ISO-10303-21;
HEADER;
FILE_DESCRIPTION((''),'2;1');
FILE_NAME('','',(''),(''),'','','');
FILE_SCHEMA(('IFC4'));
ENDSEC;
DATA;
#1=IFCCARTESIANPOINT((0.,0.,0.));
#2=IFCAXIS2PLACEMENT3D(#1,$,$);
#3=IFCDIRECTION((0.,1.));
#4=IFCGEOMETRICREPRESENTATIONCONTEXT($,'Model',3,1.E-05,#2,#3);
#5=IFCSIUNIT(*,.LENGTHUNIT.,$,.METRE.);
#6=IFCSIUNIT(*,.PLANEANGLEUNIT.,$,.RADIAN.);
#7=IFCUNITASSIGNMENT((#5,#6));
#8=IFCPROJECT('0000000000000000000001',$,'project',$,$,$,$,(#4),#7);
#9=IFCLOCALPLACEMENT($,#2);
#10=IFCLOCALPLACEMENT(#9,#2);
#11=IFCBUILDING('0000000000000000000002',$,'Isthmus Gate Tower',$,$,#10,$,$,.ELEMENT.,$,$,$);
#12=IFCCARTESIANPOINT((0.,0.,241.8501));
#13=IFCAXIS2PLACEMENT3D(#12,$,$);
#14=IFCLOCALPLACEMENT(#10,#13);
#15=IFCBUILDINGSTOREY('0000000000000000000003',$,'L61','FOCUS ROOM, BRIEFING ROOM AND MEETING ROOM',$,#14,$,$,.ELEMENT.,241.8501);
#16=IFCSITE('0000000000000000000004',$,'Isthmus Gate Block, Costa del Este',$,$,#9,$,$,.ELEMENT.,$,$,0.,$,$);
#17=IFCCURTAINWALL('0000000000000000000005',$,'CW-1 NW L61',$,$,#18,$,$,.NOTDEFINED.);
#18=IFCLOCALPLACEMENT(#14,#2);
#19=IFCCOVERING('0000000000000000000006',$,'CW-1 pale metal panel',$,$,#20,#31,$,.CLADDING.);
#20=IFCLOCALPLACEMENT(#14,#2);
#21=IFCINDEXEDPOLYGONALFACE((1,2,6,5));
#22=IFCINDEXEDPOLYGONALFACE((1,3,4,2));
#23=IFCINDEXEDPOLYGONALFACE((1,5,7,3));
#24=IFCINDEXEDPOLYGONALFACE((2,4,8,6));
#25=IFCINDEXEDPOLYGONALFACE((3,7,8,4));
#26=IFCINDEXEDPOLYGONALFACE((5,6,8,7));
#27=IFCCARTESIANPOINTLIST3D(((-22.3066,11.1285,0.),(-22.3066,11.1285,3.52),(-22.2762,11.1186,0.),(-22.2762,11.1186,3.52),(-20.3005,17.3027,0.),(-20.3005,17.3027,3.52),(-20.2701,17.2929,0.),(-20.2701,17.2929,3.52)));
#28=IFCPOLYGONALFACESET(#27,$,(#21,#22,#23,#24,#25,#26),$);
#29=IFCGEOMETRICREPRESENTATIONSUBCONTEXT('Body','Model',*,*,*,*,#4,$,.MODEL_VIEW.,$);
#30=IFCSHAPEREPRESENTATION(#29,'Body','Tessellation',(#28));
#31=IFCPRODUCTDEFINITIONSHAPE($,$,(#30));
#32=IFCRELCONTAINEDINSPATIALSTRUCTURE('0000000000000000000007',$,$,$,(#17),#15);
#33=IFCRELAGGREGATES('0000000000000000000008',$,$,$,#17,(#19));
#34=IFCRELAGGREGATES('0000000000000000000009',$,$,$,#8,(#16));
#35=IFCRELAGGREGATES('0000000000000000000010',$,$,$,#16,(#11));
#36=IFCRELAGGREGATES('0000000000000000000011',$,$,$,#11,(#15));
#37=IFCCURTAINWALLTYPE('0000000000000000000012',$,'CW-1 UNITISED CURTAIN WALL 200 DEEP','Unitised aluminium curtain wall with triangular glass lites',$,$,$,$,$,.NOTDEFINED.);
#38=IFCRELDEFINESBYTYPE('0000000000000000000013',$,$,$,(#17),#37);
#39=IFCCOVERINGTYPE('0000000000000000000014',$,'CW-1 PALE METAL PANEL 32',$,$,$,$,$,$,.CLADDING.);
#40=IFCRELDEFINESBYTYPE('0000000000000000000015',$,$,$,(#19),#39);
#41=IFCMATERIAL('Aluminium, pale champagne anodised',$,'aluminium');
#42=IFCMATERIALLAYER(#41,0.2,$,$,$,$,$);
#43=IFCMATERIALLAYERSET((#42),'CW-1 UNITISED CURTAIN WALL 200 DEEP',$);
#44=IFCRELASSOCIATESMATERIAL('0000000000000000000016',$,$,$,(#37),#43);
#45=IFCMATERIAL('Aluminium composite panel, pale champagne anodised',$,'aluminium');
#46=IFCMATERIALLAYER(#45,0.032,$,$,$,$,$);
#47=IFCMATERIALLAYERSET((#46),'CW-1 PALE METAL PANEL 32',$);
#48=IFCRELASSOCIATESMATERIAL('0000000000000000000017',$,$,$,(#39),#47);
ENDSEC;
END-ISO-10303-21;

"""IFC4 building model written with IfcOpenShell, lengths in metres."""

from ifc_helpers import new_model, si_unit, direction, frame, origin, origin_2d, place, context, subcontext, project, spatial, rectangle, extrude, material, layer, layer_set, type_object, element, aggregate, save


model = new_model("IFC4")

# Units and contexts
model_context = context("Model", 3, precision=1e-05, world=origin(), true_north=direction((0.0, 1.0)))
body_context = subcontext(model_context, "Body", "Model", "MODEL_VIEW")
ifc_project = project(units=[si_unit("LENGTHUNIT", "METRE"), si_unit("PLANEANGLEUNIT", "RADIAN")], contexts=[model_context])

# Site, building, storey
site_placement = place(None, origin())
site = spatial("IfcSite", under=ifc_project, at=site_placement, Name="Isthmus Gate Block, Costa del Este", CompositionType="ELEMENT", RefElevation=0.0)
building_placement = place(site_placement, origin())
building = spatial("IfcBuilding", under=site, at=building_placement, Name="Isthmus Gate Tower", CompositionType="ELEMENT")
storey_placement = place(building_placement, frame((0.0, 0.0, 241.8501)))
storey = spatial("IfcBuildingStorey", under=building, at=storey_placement, Name="L61", Description="FOCUS ROOM, BRIEFING ROOM AND MEETING ROOM", CompositionType="ELEMENT", Elevation=241.8501)

# Curtain wall
ifc_material_1 = material(Name="Aluminium, pale champagne anodised", Category="aluminium")
ifc_layer_1 = layer(ifc_material_1, 0.2)
ifc_layer_set_1 = layer_set([ifc_layer_1], Name="CW-1 UNITISED CURTAIN WALL 200 DEEP")
curtain_wall_type = type_object("IfcCurtainWallType", Name="CW-1 UNITISED CURTAIN WALL 200 DEEP", Description="Unitised aluminium curtain wall with triangular glass lites", PredefinedType="NOTDEFINED", material=ifc_layer_set_1)
curtain_wall_1_placement = place(storey_placement, origin())
curtain_wall_1 = element("IfcCurtainWall", 1, at=curtain_wall_1_placement, inside=storey, type_object=curtain_wall_type, Name="CW-1 NW L61", PredefinedType="NOTDEFINED")

# Covering
ifc_material_2 = material(Name="Aluminium composite panel, pale champagne anodised", Category="aluminium")
ifc_layer_2 = layer(ifc_material_2, 0.032)
ifc_layer_set_2 = layer_set([ifc_layer_2], Name="CW-1 PALE METAL PANEL 32")
covering_type = type_object("IfcCoveringType", Name="CW-1 PALE METAL PANEL 32", PredefinedType="CLADDING", material=ifc_layer_set_2)
covering_placement = place(storey_placement, frame((-21.2883, 14.2107, 0.0), z_axis=(0.0, 0.0, 1.0), x_axis=(-0.309017, -0.951057, 0.0)))
covering = element("IfcCovering", 2, at=covering_placement, type_object=covering_type, Name="CW-1 pale metal panel", PredefinedType="CLADDING", context=body_context, shape_type="SweptSolid", body=[
    extrude(rectangle(XDim=6.4919, YDim=0.032, at=origin_2d()), origin(), (0.0, 0.0, 1.0), 3.52),
])
aggregate(curtain_wall_1, [covering])

save(model, "model.ifc")
